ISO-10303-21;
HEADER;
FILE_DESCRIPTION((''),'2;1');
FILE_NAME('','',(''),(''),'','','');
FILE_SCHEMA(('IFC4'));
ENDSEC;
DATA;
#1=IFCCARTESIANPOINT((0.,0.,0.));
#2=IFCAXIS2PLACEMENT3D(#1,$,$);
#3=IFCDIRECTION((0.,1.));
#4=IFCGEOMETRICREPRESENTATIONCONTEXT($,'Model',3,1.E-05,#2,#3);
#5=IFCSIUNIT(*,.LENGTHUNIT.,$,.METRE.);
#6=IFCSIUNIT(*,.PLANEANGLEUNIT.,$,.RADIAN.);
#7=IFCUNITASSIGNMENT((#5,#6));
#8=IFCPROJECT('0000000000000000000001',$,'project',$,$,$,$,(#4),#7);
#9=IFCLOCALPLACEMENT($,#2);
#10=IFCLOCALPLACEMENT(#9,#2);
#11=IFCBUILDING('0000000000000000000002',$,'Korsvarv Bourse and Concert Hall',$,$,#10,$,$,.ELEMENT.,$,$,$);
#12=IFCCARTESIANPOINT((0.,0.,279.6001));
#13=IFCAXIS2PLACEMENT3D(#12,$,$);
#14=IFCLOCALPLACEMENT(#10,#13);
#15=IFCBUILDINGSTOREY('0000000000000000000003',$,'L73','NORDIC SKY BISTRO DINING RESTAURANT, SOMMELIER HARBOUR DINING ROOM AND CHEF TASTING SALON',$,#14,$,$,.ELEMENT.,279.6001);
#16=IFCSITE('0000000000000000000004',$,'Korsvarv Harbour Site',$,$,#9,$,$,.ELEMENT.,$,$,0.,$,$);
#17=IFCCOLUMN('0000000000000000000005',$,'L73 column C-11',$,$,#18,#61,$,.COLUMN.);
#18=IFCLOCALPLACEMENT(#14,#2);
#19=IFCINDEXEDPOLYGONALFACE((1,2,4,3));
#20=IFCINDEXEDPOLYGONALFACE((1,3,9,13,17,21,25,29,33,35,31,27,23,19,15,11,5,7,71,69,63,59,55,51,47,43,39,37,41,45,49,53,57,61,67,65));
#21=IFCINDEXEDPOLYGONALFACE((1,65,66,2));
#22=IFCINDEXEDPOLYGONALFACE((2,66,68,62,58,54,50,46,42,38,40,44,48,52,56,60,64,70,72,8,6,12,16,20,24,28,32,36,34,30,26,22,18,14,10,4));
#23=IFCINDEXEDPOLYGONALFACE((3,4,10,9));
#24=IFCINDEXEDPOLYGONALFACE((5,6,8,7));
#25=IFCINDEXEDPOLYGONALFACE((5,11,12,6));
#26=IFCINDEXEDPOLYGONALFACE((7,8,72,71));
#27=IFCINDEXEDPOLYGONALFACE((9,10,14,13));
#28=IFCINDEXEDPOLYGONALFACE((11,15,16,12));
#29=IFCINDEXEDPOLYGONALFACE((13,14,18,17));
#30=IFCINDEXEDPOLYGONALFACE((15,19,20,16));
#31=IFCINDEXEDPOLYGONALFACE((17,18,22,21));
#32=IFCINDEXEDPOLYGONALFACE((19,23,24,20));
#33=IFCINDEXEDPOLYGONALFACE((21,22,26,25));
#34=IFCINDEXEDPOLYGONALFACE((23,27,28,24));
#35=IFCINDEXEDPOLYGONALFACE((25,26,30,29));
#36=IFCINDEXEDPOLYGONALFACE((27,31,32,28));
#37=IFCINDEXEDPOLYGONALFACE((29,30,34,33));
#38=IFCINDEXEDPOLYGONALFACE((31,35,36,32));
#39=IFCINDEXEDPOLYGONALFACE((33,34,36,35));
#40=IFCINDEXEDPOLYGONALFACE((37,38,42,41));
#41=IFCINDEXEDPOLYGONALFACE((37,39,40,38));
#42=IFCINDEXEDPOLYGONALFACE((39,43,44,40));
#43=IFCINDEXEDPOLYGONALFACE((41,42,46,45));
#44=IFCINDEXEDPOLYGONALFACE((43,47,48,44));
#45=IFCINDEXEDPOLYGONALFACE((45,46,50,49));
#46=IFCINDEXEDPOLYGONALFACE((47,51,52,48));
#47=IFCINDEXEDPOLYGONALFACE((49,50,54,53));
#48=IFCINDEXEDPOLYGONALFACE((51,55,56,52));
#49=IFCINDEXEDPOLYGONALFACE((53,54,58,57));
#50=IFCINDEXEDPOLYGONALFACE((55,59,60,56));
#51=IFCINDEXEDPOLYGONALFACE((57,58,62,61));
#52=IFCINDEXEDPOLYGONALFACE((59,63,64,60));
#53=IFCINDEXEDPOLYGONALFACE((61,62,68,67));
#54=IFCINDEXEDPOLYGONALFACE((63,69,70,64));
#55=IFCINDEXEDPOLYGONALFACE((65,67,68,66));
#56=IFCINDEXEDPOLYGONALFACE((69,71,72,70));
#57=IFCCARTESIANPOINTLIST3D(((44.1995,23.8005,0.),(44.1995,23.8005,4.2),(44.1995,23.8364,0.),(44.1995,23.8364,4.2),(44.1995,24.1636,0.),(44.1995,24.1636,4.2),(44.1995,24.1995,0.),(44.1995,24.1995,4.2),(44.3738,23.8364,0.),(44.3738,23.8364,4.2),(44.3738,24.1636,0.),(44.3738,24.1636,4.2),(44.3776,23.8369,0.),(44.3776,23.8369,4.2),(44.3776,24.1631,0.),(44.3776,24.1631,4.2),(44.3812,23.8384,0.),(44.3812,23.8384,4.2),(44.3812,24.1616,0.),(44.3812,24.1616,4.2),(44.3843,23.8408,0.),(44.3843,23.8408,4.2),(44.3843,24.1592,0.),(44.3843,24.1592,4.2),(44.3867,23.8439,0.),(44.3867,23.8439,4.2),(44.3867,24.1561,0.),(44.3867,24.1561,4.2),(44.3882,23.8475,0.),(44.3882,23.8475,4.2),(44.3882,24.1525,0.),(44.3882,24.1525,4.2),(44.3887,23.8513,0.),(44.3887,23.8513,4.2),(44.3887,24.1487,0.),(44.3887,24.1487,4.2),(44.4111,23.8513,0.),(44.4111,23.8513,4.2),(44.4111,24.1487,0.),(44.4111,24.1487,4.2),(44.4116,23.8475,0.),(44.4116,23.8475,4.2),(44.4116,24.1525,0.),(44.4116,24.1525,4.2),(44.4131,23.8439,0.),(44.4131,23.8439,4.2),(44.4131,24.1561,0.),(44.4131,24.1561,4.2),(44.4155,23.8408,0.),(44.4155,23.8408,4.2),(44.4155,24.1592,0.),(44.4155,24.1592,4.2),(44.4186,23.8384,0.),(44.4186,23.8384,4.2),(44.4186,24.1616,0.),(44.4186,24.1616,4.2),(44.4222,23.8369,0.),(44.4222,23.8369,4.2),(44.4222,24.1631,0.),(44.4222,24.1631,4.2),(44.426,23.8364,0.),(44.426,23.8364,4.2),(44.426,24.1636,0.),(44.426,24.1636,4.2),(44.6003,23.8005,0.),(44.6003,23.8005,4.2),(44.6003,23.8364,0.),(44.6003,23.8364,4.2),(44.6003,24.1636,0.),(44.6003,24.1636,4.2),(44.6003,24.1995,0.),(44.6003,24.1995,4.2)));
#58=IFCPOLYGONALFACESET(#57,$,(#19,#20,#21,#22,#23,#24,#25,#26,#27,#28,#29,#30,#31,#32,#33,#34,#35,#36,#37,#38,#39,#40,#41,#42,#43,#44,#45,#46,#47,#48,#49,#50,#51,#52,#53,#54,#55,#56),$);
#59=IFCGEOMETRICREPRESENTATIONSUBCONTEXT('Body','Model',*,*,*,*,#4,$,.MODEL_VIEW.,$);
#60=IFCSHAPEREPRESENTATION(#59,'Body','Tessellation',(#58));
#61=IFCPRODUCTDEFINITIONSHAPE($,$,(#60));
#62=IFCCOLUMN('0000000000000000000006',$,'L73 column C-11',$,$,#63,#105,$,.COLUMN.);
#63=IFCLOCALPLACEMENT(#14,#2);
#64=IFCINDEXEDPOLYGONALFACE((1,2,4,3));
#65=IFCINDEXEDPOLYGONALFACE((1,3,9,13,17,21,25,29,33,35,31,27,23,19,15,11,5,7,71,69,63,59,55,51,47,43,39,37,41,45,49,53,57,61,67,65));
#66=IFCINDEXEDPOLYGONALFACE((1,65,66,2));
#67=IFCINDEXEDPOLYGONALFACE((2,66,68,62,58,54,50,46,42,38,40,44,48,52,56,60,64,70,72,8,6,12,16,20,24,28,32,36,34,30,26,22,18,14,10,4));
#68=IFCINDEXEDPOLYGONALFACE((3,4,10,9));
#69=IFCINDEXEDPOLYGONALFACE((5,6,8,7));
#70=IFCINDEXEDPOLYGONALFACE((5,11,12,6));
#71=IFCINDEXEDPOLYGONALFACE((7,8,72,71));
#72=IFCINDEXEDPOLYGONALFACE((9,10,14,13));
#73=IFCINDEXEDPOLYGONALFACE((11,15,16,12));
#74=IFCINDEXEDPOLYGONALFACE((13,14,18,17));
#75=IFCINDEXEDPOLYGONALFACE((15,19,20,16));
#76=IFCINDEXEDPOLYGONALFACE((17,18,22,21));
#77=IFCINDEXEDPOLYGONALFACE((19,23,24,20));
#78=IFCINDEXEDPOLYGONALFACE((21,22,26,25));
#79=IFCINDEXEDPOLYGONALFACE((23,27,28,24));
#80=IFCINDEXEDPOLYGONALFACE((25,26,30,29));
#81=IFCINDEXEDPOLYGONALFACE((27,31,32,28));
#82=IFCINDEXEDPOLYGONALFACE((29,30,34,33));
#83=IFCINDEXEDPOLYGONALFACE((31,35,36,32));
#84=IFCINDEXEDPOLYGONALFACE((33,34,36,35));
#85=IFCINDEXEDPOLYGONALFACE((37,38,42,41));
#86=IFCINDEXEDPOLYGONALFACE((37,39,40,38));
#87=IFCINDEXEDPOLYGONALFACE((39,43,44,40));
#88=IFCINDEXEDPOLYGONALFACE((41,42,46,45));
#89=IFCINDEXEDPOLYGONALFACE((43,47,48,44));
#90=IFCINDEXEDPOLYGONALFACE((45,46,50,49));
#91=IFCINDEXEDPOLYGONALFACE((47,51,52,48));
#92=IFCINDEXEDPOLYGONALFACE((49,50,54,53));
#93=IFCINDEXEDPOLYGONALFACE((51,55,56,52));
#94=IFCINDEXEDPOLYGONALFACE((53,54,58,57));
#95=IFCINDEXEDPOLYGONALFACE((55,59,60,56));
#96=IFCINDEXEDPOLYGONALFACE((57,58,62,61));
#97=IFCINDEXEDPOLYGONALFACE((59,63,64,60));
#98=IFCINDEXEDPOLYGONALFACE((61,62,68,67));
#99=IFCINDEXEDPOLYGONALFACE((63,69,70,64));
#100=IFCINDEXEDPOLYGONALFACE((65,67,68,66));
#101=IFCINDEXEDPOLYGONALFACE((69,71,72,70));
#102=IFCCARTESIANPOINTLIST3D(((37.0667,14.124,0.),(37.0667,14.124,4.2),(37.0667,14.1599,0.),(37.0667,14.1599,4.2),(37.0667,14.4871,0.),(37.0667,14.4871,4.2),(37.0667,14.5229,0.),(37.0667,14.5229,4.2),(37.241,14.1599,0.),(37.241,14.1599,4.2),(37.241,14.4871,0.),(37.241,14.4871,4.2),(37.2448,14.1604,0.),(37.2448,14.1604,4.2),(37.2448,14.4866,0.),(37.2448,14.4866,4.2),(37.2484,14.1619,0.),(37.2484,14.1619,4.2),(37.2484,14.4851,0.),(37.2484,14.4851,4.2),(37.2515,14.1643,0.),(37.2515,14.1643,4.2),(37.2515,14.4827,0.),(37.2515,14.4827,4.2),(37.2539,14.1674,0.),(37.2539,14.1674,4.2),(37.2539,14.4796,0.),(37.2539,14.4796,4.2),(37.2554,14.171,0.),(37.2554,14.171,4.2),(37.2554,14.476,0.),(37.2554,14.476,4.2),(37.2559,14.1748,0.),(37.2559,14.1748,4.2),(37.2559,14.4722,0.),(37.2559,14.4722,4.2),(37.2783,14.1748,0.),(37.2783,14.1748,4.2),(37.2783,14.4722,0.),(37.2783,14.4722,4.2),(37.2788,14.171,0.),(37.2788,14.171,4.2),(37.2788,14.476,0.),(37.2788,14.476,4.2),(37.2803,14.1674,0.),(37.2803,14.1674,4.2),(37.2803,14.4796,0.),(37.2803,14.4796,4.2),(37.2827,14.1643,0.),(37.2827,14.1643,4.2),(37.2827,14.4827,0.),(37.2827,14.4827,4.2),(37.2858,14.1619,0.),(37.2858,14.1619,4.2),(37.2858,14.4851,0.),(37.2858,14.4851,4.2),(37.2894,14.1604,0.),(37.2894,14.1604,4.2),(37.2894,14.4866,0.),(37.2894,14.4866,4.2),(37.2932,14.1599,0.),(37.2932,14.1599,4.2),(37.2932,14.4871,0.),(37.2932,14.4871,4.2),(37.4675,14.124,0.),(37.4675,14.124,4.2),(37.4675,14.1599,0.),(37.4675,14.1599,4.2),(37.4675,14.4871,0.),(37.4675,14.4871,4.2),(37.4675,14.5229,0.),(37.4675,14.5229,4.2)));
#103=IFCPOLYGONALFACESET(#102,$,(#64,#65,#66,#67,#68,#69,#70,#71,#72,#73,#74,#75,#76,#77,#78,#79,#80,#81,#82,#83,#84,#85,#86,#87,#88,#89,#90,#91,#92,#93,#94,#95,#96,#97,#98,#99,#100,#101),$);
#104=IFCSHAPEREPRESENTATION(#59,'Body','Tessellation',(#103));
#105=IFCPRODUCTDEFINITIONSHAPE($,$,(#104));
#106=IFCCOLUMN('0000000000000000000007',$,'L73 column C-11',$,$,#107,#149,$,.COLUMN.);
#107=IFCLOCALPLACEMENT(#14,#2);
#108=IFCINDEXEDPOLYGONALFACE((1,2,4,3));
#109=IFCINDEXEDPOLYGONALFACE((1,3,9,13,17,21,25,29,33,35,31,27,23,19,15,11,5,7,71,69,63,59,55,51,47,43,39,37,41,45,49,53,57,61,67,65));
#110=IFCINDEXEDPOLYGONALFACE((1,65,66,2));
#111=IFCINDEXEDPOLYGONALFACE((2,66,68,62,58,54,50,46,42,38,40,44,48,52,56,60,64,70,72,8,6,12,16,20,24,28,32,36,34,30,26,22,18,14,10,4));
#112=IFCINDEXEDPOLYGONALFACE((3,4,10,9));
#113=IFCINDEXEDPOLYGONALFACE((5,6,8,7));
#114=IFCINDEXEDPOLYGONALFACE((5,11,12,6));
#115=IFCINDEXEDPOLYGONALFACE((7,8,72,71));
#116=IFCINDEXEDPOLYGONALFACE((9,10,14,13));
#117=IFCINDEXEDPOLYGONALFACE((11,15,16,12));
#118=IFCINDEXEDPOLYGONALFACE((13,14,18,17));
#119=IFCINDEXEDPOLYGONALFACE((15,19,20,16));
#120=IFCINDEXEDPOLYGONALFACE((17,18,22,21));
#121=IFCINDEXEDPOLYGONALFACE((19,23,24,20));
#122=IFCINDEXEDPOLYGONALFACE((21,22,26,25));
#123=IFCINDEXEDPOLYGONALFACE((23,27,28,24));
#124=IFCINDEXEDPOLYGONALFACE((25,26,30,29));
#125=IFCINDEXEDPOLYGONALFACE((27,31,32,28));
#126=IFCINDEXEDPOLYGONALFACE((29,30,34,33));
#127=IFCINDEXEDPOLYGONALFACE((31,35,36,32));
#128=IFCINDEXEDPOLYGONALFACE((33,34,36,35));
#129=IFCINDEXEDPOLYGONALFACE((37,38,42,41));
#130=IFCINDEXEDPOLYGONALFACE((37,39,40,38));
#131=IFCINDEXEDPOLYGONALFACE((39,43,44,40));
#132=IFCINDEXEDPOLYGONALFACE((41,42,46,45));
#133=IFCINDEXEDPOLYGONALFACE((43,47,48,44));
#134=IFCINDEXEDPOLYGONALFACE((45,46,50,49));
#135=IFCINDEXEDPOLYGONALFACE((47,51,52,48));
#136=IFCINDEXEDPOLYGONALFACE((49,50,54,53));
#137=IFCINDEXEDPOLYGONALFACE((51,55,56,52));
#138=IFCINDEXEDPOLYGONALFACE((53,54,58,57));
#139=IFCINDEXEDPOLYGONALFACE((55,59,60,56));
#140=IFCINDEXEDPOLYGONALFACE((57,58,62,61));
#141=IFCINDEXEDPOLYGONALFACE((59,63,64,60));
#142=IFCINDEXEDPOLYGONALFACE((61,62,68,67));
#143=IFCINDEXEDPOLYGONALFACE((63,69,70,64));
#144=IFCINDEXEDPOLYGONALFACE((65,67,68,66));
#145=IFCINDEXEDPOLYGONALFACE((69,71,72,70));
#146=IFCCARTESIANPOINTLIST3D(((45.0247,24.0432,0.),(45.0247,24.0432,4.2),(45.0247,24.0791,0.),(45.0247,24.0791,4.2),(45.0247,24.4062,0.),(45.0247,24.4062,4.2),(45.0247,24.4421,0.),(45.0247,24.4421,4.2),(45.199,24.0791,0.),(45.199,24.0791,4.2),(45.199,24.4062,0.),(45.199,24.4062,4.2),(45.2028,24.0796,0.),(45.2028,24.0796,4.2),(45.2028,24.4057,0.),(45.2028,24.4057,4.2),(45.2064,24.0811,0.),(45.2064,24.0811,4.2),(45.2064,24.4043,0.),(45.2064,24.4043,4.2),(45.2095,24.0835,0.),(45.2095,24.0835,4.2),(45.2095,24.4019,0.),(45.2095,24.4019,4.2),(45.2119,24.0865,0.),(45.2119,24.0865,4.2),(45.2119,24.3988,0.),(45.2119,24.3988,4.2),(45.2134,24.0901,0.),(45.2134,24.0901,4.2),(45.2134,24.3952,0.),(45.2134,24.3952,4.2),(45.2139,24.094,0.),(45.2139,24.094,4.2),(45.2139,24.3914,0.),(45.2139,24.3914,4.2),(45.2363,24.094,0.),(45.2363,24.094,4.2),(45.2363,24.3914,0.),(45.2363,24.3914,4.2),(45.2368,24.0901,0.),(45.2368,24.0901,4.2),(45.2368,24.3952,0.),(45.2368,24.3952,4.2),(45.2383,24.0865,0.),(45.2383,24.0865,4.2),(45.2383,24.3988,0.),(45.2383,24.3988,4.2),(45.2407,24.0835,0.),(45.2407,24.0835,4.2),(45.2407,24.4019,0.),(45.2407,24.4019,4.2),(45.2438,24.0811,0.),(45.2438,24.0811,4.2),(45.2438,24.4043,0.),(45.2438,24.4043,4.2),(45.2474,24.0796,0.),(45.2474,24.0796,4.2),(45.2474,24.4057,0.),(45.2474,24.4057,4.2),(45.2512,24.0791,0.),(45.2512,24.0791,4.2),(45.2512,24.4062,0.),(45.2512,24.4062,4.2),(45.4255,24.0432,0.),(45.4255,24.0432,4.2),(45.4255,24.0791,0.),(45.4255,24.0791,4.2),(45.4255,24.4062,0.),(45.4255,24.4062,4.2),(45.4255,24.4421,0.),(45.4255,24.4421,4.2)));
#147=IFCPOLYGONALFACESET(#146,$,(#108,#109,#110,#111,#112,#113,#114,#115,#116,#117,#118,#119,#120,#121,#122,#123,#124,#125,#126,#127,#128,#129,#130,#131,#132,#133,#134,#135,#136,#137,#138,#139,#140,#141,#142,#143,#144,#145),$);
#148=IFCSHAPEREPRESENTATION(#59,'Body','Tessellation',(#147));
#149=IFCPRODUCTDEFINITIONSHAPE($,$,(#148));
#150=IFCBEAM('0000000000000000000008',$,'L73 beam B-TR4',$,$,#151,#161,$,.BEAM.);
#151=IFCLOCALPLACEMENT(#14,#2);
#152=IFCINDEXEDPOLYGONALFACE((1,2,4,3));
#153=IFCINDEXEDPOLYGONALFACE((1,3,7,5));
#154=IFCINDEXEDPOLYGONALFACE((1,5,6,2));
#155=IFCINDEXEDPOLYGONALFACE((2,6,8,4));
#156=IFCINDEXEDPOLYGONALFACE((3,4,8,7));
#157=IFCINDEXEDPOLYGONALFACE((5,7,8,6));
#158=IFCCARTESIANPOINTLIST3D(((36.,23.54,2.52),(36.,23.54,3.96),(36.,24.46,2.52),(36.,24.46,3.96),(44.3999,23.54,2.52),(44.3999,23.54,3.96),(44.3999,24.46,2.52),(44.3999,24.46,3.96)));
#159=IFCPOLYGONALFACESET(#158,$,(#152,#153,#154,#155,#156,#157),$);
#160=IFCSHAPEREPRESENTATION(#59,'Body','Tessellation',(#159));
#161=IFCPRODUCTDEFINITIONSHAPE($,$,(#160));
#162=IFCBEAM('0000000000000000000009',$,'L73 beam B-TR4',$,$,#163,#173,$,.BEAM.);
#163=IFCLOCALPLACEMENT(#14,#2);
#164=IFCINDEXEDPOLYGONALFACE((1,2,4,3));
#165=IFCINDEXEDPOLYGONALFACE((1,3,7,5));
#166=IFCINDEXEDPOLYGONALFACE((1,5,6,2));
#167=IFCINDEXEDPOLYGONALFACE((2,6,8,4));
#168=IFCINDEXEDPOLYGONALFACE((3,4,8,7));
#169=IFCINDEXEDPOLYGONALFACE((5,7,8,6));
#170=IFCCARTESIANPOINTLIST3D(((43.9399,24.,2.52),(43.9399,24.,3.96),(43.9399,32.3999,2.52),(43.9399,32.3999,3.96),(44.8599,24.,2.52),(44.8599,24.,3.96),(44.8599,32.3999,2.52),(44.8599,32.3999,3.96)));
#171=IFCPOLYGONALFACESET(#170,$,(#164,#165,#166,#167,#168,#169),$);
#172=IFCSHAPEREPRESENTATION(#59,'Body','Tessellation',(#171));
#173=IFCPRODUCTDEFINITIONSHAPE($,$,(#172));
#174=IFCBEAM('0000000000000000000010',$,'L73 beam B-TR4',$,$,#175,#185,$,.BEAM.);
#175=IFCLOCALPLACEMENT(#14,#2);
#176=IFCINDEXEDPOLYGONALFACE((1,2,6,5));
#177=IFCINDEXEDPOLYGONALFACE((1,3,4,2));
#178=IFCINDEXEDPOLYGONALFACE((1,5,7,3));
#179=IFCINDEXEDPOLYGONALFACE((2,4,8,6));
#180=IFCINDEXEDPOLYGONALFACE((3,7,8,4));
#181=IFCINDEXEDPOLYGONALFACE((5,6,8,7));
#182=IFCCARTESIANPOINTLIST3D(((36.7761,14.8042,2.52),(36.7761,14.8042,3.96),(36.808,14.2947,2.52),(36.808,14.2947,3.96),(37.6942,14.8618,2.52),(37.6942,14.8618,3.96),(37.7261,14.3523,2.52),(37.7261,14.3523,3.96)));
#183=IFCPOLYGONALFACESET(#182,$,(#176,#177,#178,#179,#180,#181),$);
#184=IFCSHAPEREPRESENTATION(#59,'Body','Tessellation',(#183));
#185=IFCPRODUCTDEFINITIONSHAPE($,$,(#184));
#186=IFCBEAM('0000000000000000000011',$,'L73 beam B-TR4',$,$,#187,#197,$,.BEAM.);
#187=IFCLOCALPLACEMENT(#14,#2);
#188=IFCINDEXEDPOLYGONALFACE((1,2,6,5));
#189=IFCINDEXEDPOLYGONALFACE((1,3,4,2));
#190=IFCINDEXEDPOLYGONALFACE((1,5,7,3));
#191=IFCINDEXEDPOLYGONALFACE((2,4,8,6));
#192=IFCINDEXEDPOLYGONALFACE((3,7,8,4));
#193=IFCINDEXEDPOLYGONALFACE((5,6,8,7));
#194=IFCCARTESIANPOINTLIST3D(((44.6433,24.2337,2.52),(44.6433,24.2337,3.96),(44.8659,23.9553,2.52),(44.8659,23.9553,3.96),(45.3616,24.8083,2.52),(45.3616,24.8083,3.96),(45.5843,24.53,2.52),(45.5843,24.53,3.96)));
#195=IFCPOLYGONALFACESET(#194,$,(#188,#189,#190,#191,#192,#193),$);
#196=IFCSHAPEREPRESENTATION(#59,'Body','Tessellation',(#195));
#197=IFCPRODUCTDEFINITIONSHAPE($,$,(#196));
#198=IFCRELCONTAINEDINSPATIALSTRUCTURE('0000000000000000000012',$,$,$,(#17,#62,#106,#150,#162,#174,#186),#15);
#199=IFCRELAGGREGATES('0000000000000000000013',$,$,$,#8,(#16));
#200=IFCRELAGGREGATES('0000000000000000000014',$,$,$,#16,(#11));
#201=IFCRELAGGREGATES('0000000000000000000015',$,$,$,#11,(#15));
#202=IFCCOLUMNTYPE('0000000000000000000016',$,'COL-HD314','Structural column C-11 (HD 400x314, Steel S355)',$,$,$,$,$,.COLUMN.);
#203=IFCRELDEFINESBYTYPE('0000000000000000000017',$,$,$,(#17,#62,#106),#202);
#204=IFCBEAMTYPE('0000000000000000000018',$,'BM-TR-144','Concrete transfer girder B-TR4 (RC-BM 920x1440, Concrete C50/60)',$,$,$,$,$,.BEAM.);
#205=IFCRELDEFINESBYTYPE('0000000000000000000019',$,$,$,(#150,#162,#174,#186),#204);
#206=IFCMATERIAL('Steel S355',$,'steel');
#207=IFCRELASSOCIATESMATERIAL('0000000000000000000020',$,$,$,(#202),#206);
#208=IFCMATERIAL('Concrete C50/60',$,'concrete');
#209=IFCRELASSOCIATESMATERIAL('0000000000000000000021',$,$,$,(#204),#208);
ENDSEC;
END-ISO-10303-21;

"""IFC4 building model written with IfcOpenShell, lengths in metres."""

from ifc_helpers import new_model, si_unit, direction, frame, origin, origin_2d, place, context, subcontext, project, spatial, rectangle, i_section, extrude, source, transform, mapped, material, material_profile, profile_set, type_object, element, save


model = new_model("IFC4")

# Units and contexts
model_context = context("Model", 3, precision=1e-05, world=origin(), true_north=direction((0.0, 1.0)))
body_context = subcontext(model_context, "Body", "Model", "MODEL_VIEW")
ifc_project = project(units=[si_unit("LENGTHUNIT", "METRE"), si_unit("PLANEANGLEUNIT", "RADIAN")], contexts=[model_context])

# Site, building, storey
site_placement = place(None, origin())
site = spatial("IfcSite", under=ifc_project, at=site_placement, Name="Korsvarv Harbour Site", CompositionType="ELEMENT", RefElevation=0.0)
building_placement = place(site_placement, origin())
building = spatial("IfcBuilding", under=site, at=building_placement, Name="Korsvarv Bourse and Concert Hall", CompositionType="ELEMENT")
storey_placement = place(building_placement, frame((0.0, 0.0, 279.6001)))
storey = spatial("IfcBuildingStorey", under=building, at=storey_placement, Name="L73", Description="NORDIC SKY BISTRO DINING RESTAURANT, SOMMELIER HARBOUR DINING ROOM AND CHEF TASTING SALON", CompositionType="ELEMENT", Elevation=279.6001)

# Columns
ifc_material_1 = material(Name="Steel S355", Category="steel")
ifc_material_profile_1 = material_profile(ifc_material_1, i_section(OverallWidth=0.4009, OverallDepth=0.3989, WebThickness=0.0225, FlangeThickness=0.0359, FilletRadius=0.0149, at=origin_2d()), Name="HD 400x314")
ifc_profile_set_1 = profile_set([ifc_material_profile_1], Name="Steel S355")
column_type = type_object("IfcColumnType", Name="COL-HD314", Description="Structural column C-11 (HD 400x314, Steel S355)", PredefinedType="COLUMN", material=ifc_profile_set_1)
shared_shape_1 = source(origin(), body_context, "Body", "SweptSolid", [
    extrude(i_section(OverallWidth=0.4009, OverallDepth=0.3989, WebThickness=0.0225, FlangeThickness=0.0359, FilletRadius=0.0149, at=origin_2d()), origin(), (0.0, 0.0, 1.0), 4.2),
])
for number, where, z_axis, x_axis, name in (
    (1, (44.3999, 24.0, 0.0), (0.0, 0.0, 1.0), (1.0, 0.0, 0.0), "L73 column C-11"),
    (2, (37.2671, 14.3235, 0.0), (0.0, 0.0, 1.0), (1.0, 0.0, 0.0), "L73 column C-11"),
    (3, (45.2251, 24.2427, 0.0), (0.0, 0.0, 1.0), (1.0, 0.0, 0.0), "L73 column C-11"),
):
    element("IfcColumn", number, at=place(storey_placement, frame(where, z_axis=z_axis, x_axis=x_axis)), inside=storey, type_object=column_type, Name=name, PredefinedType="COLUMN", context=body_context, shape_type="MappedRepresentation", body=[
        mapped(shared_shape_1, transform((0.0, 0.0, 0.0), scale=1.0)),
    ])

# Beams
ifc_material_2 = material(Name="Concrete C50/60", Category="concrete")
ifc_material_profile_2 = material_profile(ifc_material_2, rectangle(XDim=0.9199, YDim=1.4399, at=origin_2d()), Name="RC-BM 920x1440")
ifc_profile_set_2 = profile_set([ifc_material_profile_2], Name="Concrete C50/60")
beam_type = type_object("IfcBeamType", Name="BM-TR-144", Description="Concrete transfer girder B-TR4 (RC-BM 920x1440, Concrete C50/60)", PredefinedType="BEAM", material=ifc_profile_set_2)
shared_shape_2 = source(origin(), body_context, "Body", "SweptSolid", [
    extrude(rectangle(XDim=0.9199, YDim=1.4399, at=origin_2d()), origin(), (0.0, 0.0, 1.0), 8.3999),
])
for number, where, z_axis, x_axis, name in (
    (4, (36.0, 24.0, 3.24), (1.0, 0.0, 0.0), (0.0, 1.0, 0.0), "L73 beam B-TR4"),
    (5, (44.3999, 24.0, 3.24), (0.0, 1.0, 0.0), (-1.0, 0.0, 0.0), "L73 beam B-TR4"),
):
    element("IfcBeam", number, at=place(storey_placement, frame(where, z_axis=z_axis, x_axis=x_axis)), inside=storey, type_object=beam_type, Name=name, PredefinedType="BEAM", context=body_context, shape_type="MappedRepresentation", body=[
        mapped(shared_shape_2, transform((0.0, 0.0, 0.0), scale=1.0)),
    ])
shared_shape_3 = source(origin(), body_context, "Body", "SweptSolid", [
    extrude(rectangle(XDim=0.9199, YDim=1.4399, at=origin_2d()), origin(), (0.0, 0.0, 1.0), 0.5105),
])
beam_1_placement = place(storey_placement, frame((37.2671, 14.3235, 3.24), z_axis=(-0.062646, 0.998036, 0.0), x_axis=(-0.998036, -0.062646, 0.0)))
element("IfcBeam", 6, at=beam_1_placement, inside=storey, type_object=beam_type, Name="L73 beam B-TR4", PredefinedType="BEAM", context=body_context, shape_type="MappedRepresentation", body=[
    mapped(shared_shape_3, transform((0.0, 0.0, 0.0), scale=1.0)),
])
shared_shape_4 = source(origin(), body_context, "Body", "SweptSolid", [
    extrude(rectangle(XDim=0.9199, YDim=1.4399, at=origin_2d()), origin(), (0.0, 0.0, 1.0), 0.3564),
])
beam_2_placement = place(storey_placement, frame((45.2251, 24.2427, 3.24), z_axis=(-0.624695, 0.780869, 0.0), x_axis=(-0.780869, -0.624695, 0.0)))
element("IfcBeam", 7, at=beam_2_placement, inside=storey, type_object=beam_type, Name="L73 beam B-TR4", PredefinedType="BEAM", context=body_context, shape_type="MappedRepresentation", body=[
    mapped(shared_shape_4, transform((0.0, 0.0, 0.0), scale=1.0)),
])

save(model, "model.ifc")
